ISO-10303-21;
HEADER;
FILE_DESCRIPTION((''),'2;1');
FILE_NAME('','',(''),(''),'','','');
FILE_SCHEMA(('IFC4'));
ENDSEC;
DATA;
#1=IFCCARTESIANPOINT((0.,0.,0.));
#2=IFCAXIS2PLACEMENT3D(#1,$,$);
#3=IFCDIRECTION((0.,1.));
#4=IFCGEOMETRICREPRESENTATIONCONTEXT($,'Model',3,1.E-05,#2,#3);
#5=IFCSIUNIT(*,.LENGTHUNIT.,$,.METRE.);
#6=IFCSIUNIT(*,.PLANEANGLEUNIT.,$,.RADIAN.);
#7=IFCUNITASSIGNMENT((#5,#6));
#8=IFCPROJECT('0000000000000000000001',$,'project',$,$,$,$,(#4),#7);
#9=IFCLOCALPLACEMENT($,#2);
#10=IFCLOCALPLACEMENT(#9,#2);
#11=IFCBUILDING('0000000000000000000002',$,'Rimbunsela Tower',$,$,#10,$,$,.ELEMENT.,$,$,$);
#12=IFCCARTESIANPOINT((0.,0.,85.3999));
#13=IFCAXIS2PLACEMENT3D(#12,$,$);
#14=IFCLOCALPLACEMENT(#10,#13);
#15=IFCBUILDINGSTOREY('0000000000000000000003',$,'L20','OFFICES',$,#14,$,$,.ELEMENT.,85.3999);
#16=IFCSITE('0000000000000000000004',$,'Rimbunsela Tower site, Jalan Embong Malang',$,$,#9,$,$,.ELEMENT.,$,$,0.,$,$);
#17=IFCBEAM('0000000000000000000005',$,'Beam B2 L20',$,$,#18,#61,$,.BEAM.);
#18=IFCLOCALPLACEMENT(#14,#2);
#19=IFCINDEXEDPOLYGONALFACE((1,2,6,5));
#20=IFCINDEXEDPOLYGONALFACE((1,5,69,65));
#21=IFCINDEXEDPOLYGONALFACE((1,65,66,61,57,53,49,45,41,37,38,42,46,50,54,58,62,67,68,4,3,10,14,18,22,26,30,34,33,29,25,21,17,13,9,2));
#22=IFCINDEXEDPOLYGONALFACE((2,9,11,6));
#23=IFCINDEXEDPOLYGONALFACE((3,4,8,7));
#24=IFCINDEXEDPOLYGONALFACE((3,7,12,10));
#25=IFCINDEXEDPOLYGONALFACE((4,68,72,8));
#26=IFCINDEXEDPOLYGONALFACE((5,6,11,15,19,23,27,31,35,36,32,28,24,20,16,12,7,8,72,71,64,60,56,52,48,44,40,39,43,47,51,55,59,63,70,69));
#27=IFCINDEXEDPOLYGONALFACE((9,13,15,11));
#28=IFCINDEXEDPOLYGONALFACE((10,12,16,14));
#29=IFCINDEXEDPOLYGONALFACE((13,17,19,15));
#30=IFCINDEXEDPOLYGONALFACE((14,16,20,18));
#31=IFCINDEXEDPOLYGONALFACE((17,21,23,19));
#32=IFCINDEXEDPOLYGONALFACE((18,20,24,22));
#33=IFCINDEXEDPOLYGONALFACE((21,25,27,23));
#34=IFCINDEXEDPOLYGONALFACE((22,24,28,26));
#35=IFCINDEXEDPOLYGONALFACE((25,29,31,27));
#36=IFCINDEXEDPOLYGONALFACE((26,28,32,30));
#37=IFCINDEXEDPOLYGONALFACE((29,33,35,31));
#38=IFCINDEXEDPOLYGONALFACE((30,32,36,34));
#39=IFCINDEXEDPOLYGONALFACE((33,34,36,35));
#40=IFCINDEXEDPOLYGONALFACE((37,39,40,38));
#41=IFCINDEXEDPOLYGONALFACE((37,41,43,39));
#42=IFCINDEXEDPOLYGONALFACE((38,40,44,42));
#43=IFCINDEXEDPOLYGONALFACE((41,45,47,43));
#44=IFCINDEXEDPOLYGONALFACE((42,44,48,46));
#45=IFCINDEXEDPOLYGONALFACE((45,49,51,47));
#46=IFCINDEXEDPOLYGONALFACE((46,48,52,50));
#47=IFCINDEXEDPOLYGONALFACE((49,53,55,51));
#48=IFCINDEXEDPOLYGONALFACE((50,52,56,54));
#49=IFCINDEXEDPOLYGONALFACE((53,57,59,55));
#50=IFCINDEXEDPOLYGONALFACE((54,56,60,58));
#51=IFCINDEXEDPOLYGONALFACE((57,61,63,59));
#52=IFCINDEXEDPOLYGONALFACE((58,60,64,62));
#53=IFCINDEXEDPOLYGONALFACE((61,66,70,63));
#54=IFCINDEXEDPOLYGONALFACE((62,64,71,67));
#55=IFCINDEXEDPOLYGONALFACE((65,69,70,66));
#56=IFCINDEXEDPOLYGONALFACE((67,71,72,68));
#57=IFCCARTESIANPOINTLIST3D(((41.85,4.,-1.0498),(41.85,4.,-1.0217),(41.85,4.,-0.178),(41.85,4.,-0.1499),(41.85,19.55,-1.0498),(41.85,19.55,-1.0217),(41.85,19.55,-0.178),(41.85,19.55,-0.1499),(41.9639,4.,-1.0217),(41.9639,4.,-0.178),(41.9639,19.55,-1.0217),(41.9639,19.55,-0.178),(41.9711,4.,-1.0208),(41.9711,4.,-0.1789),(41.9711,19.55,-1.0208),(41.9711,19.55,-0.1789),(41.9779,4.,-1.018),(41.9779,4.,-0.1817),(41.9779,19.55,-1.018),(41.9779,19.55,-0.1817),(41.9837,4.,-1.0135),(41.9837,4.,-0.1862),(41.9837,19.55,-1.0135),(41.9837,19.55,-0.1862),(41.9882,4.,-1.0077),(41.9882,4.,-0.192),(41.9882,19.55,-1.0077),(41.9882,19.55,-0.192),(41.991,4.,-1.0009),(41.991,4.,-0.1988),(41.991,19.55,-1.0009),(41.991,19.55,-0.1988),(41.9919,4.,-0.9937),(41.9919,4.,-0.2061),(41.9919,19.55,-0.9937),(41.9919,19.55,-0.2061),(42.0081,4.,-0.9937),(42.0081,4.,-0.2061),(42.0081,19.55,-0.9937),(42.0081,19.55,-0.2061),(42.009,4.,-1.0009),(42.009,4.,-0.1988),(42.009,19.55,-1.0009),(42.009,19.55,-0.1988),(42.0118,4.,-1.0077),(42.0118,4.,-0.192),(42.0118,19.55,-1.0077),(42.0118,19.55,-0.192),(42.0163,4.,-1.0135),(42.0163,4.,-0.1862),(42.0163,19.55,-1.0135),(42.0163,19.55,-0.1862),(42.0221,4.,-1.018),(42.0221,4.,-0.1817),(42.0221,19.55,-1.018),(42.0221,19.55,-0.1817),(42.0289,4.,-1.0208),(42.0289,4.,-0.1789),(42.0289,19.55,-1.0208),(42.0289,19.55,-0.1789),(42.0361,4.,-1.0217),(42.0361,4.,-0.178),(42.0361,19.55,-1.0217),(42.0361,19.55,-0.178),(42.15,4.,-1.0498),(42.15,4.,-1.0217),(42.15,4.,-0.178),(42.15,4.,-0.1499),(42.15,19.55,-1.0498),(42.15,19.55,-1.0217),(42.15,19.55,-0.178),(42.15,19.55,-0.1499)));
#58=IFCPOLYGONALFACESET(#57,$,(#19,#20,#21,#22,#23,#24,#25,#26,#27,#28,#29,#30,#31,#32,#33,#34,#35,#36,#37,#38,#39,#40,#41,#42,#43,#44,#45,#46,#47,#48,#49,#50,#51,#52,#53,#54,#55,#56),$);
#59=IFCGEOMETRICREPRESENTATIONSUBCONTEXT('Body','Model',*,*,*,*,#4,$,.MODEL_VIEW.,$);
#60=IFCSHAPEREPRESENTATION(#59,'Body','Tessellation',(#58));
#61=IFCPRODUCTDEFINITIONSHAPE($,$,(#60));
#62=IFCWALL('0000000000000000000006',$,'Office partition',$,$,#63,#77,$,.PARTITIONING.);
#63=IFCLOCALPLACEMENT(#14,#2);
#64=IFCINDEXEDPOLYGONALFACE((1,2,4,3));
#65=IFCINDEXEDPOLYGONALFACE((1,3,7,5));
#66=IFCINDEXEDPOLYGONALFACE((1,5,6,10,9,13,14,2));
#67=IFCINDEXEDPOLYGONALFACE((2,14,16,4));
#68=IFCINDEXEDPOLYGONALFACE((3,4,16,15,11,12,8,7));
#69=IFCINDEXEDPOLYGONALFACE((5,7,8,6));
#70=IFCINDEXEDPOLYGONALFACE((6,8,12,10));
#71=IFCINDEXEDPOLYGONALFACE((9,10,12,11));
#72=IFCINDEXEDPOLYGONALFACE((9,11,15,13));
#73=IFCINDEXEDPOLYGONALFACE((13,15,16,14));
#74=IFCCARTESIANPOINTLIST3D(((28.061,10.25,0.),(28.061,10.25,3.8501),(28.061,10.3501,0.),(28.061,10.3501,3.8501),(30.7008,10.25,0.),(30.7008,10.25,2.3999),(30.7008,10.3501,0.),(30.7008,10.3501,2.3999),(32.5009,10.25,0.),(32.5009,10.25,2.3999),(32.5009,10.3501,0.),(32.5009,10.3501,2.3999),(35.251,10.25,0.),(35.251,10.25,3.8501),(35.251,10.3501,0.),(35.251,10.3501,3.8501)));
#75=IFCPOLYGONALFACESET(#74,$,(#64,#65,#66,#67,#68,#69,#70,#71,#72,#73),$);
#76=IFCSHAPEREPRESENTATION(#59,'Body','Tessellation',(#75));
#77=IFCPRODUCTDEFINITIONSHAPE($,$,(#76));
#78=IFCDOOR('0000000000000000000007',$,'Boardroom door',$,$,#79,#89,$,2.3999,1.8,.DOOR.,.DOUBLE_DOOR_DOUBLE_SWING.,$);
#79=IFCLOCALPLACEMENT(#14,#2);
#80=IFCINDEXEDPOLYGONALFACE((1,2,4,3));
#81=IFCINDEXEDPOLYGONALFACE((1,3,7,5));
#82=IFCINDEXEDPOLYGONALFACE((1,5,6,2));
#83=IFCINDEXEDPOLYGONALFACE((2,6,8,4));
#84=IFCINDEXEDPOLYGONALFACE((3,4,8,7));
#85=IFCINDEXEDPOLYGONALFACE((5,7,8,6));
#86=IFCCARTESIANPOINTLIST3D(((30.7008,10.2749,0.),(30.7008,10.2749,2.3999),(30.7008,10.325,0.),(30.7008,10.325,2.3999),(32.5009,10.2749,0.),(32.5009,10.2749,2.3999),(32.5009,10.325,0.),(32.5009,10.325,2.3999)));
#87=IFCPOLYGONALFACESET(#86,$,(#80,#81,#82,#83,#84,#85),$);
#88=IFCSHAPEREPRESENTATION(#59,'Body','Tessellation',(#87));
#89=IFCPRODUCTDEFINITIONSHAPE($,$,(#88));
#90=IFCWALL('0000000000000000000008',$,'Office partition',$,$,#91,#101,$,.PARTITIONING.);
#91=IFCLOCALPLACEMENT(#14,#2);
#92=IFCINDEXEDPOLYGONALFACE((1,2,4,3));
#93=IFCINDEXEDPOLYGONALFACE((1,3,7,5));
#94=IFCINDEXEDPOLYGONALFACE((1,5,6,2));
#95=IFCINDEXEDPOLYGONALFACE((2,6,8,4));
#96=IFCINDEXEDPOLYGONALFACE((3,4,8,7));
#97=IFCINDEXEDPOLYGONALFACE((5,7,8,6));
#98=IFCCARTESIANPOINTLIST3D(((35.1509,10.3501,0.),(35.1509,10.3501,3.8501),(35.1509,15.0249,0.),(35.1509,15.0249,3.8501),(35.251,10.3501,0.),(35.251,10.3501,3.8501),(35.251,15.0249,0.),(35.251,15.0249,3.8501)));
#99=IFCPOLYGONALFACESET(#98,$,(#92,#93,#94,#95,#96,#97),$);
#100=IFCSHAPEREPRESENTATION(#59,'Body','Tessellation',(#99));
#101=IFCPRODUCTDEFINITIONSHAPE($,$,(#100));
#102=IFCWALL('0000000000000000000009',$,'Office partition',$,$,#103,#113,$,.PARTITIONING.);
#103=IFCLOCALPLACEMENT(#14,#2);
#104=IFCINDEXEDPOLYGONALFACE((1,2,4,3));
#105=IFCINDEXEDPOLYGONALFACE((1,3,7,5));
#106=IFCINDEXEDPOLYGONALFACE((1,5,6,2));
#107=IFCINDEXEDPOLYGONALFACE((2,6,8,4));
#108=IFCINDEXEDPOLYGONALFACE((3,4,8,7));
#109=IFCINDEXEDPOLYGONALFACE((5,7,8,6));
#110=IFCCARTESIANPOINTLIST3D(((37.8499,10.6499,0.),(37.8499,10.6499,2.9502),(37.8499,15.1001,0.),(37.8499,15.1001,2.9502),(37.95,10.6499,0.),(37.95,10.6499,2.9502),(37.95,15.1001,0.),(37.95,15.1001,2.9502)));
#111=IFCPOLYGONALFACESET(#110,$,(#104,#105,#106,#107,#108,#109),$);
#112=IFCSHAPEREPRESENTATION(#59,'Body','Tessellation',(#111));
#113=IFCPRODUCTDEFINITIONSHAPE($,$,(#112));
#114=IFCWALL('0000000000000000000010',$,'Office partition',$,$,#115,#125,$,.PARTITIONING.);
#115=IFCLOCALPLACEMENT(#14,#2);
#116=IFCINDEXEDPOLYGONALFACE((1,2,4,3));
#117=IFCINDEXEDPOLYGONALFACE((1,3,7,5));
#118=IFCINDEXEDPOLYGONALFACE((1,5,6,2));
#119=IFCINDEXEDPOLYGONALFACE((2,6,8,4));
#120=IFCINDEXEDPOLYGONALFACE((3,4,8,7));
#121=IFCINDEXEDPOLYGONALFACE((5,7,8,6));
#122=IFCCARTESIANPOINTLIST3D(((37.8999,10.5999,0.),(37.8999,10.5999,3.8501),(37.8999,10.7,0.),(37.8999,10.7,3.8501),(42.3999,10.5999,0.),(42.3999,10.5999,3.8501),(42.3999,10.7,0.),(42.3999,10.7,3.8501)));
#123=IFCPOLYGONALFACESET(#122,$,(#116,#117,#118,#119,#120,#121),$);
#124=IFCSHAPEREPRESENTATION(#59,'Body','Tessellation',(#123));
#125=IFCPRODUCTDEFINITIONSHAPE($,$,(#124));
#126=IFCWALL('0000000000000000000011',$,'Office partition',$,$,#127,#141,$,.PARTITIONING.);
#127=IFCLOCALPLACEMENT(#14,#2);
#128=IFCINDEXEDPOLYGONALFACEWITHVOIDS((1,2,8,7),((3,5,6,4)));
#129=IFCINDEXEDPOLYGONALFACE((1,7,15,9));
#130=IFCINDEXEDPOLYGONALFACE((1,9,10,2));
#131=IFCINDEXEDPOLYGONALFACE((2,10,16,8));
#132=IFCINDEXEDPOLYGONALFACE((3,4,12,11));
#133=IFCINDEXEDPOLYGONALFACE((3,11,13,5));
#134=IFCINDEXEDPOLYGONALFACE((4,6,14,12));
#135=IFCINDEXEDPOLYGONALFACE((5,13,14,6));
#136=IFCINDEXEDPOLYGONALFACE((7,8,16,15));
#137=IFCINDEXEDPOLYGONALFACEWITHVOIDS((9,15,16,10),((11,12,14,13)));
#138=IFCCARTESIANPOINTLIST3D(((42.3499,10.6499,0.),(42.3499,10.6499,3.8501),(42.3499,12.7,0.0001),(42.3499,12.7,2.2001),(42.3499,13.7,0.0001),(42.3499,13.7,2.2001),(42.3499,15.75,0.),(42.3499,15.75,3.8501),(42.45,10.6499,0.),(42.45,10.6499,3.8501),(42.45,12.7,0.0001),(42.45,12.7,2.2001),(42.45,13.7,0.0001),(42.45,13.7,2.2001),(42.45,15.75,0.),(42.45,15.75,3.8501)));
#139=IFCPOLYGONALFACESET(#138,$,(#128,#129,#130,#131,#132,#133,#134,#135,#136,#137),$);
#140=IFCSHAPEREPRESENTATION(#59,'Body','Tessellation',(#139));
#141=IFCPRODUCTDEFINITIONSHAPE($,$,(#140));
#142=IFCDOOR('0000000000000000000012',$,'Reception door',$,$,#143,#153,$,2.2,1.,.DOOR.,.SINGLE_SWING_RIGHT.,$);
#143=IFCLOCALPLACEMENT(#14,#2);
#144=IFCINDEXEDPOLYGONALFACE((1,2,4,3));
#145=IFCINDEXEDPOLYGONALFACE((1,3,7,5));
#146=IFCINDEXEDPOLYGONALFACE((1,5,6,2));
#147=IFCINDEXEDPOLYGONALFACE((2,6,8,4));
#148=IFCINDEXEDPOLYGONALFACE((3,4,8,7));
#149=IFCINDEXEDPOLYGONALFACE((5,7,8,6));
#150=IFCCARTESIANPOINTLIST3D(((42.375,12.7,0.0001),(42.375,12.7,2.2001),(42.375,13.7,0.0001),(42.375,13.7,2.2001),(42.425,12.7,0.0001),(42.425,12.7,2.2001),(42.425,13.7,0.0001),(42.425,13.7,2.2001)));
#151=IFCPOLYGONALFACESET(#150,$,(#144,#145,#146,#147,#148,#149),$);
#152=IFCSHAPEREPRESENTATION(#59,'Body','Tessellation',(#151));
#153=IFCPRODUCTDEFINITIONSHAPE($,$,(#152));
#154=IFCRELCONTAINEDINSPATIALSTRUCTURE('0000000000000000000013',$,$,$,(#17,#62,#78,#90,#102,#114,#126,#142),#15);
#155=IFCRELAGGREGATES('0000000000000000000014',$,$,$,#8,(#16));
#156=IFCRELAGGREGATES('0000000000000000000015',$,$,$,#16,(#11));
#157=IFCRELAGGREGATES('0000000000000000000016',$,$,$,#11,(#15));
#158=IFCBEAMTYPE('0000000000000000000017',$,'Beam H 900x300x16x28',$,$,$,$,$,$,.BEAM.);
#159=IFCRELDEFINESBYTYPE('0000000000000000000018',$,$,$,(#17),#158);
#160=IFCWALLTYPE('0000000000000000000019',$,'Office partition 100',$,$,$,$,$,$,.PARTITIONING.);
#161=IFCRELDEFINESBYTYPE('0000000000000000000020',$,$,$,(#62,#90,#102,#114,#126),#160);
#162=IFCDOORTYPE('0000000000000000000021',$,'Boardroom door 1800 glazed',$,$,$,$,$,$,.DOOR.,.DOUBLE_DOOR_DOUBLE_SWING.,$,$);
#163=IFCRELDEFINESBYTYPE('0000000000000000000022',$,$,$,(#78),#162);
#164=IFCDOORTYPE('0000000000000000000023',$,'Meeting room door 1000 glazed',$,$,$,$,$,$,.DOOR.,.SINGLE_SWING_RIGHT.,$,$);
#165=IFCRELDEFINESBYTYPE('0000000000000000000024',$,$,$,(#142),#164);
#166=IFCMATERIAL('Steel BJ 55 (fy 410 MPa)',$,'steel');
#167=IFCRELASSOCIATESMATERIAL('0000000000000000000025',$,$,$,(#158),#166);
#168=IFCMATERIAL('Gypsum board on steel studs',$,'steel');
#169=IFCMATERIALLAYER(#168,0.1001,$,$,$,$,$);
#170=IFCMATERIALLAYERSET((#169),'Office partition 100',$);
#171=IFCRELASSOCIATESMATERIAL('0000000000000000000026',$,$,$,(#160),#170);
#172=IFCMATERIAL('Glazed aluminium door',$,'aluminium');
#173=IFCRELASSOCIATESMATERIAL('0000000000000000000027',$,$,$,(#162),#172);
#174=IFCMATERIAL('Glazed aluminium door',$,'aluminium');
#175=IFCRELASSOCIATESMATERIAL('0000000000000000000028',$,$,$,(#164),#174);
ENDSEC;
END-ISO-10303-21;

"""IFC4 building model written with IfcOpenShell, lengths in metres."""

from ifc_helpers import new_model, si_unit, direction, frame, frame_2d, origin, origin_2d, place, context, subcontext, project, spatial, rectangle, i_section, extrude, material, layer, layer_set, material_profile, profile_set, type_object, element, fill, save


model = new_model("IFC4")

# Units and contexts
model_context = context("Model", 3, precision=1e-05, world=origin(), true_north=direction((0.0, 1.0)))
body_context = subcontext(model_context, "Body", "Model", "MODEL_VIEW")
ifc_project = project(units=[si_unit("LENGTHUNIT", "METRE"), si_unit("PLANEANGLEUNIT", "RADIAN")], contexts=[model_context])

# Site, building, storey
site_placement = place(None, origin())
site = spatial("IfcSite", under=ifc_project, at=site_placement, Name="Rimbunsela Tower site, Jalan Embong Malang", CompositionType="ELEMENT", RefElevation=0.0)
building_placement = place(site_placement, origin())
building = spatial("IfcBuilding", under=site, at=building_placement, Name="Rimbunsela Tower", CompositionType="ELEMENT")
storey_placement = place(building_placement, frame((0.0, 0.0, 85.3999)))
storey = spatial("IfcBuildingStorey", under=building, at=storey_placement, Name="L20", Description="OFFICES", CompositionType="ELEMENT", Elevation=85.3999)

# Beam
ifc_material_1 = material(Name="Steel BJ 55 (fy 410 MPa)", Category="steel")
ifc_material_profile_1 = material_profile(ifc_material_1, i_section(OverallWidth=0.3, OverallDepth=0.8999, WebThickness=0.0161, FlangeThickness=0.0281, FilletRadius=0.0281, at=origin_2d()), Name="H 900x300x16x28")
ifc_profile_set_1 = profile_set([ifc_material_profile_1], Name="Steel BJ 55 (fy 410 MPa)")
beam_type = type_object("IfcBeamType", Name="Beam H 900x300x16x28", PredefinedType="BEAM", material=ifc_profile_set_1)
beam_1_placement = place(storey_placement, frame((42.0, 4.0, -0.5999), z_axis=(0.0, 1.0, 0.0), x_axis=(-1.0, 0.0, 0.0)))
element("IfcBeam", 1, at=beam_1_placement, inside=storey, type_object=beam_type, Name="Beam B2 L20", PredefinedType="BEAM", context=body_context, shape_type="SweptSolid", body=[
    extrude(i_section(OverallWidth=0.3, OverallDepth=0.8999, WebThickness=0.0161, FlangeThickness=0.0281, FilletRadius=0.0281, at=origin_2d()), origin(), (0.0, 0.0, 1.0), 15.55),
])

# Wall, opening, door
ifc_material_2 = material(Name="Gypsum board on steel studs", Category="steel")
ifc_layer_1 = layer(ifc_material_2, 0.1001)
ifc_layer_set_1 = layer_set([ifc_layer_1], Name="Office partition 100")
wall_type_1 = type_object("IfcWallType", Name="Office partition 100", PredefinedType="PARTITIONING", material=ifc_layer_set_1)
wall_1_placement = place(storey_placement, frame((28.061, 10.3, 0.0), z_axis=(0.0, 0.0, 1.0), x_axis=(1.0, 0.0, 0.0)))
wall_1 = element("IfcWall", 2, at=wall_1_placement, inside=storey, type_object=wall_type_1, Name="Office partition", PredefinedType="PARTITIONING", context=body_context, shape_type="SweptSolid", body=[
    extrude(rectangle(XDim=7.1899, YDim=0.1001, at=frame_2d((3.595, 0.0))), origin(), (0.0, 0.0, 1.0), 3.8501),
])
opening_1_placement = place(wall_1_placement, frame((2.6399, 0.0, 0.0)))
opening_1 = element("IfcOpeningElement", 3, at=opening_1_placement, cuts=wall_1, PredefinedType="OPENING", context=body_context, shape_type="SweptSolid", body=[
    extrude(rectangle(XDim=1.8, YDim=2.3999, at=frame_2d((0.8999, 1.2))), frame((0.0, 0.0601, 0.0), z_axis=(0.0, -1.0, 0.0), x_axis=(1.0, 0.0, 0.0)), (0.0, 0.0, 1.0), 0.1201),
])
ifc_material_3 = material(Name="Glazed aluminium door", Category="aluminium")
door_type_1 = type_object("IfcDoorType", Name="Boardroom door 1800 glazed", OperationType="DOUBLE_DOOR_DOUBLE_SWING", PredefinedType="DOOR", material=ifc_material_3)
door_1_placement = place(opening_1_placement, origin())
door_1 = element("IfcDoor", 4, at=door_1_placement, inside=storey, type_object=door_type_1, Name="Boardroom door", OperationType="DOUBLE_DOOR_DOUBLE_SWING", OverallHeight=2.3999, OverallWidth=1.8, PredefinedType="DOOR", context=body_context, shape_type="SweptSolid", body=[
    extrude(rectangle(XDim=1.8, YDim=2.3999, at=frame_2d((0.8999, 1.2))), frame((0.0, 0.0249, 0.0), z_axis=(0.0, -1.0, 0.0), x_axis=(1.0, 0.0, 0.0)), (0.0, 0.0, 1.0), 0.05),
])
fill(opening_1, door_1)

# Walls
wall_2_placement = place(storey_placement, frame((35.2009, 10.3501, 0.0), z_axis=(0.0, 0.0, 1.0), x_axis=(0.0, 1.0, 0.0)))
element("IfcWall", 5, at=wall_2_placement, inside=storey, type_object=wall_type_1, Name="Office partition", PredefinedType="PARTITIONING", context=body_context, shape_type="SweptSolid", body=[
    extrude(rectangle(XDim=4.6748, YDim=0.1001, at=frame_2d((2.3374, 0.0))), origin(), (0.0, 0.0, 1.0), 3.8501),
])
wall_3_placement = place(storey_placement, frame((37.8999, 15.1001, 0.0), z_axis=(0.0, 0.0, 1.0), x_axis=(0.0, -1.0, 0.0)))
element("IfcWall", 6, at=wall_3_placement, inside=storey, type_object=wall_type_1, Name="Office partition", PredefinedType="PARTITIONING", context=body_context, shape_type="SweptSolid", body=[
    extrude(rectangle(XDim=4.4502, YDim=0.1001, at=frame_2d((2.2251, 0.0))), origin(), (0.0, 0.0, 1.0), 2.9502),
])
wall_4_placement = place(storey_placement, frame((37.8999, 10.6499, 0.0), z_axis=(0.0, 0.0, 1.0), x_axis=(1.0, 0.0, 0.0)))
element("IfcWall", 7, at=wall_4_placement, inside=storey, type_object=wall_type_1, Name="Office partition", PredefinedType="PARTITIONING", context=body_context, shape_type="SweptSolid", body=[
    extrude(rectangle(XDim=4.5, YDim=0.1001, at=frame_2d((2.25, 0.0))), origin(), (0.0, 0.0, 1.0), 3.8501),
])

# Wall, opening, door
wall_5_placement = place(storey_placement, frame((42.3999, 10.6499, 0.0), z_axis=(0.0, 0.0, 1.0), x_axis=(0.0, 1.0, 0.0)))
wall_5 = element("IfcWall", 8, at=wall_5_placement, inside=storey, type_object=wall_type_1, Name="Office partition", PredefinedType="PARTITIONING", context=body_context, shape_type="SweptSolid", body=[
    extrude(rectangle(XDim=5.1001, YDim=0.1001, at=frame_2d((2.55, 0.0))), origin(), (0.0, 0.0, 1.0), 3.8501),
])
opening_2_placement = place(wall_5_placement, frame((2.05, 0.0, 0.0)))
opening_2 = element("IfcOpeningElement", 9, at=opening_2_placement, cuts=wall_5, PredefinedType="OPENING", context=body_context, shape_type="SweptSolid", body=[
    extrude(rectangle(XDim=1.0, YDim=2.2, at=frame_2d((0.5, 1.1001))), frame((0.0, 0.0601, 0.0), z_axis=(0.0, -1.0, 0.0), x_axis=(1.0, 0.0, 0.0)), (0.0, 0.0, 1.0), 0.1201),
])
ifc_material_4 = material(Name="Glazed aluminium door", Category="aluminium")
door_type_2 = type_object("IfcDoorType", Name="Meeting room door 1000 glazed", OperationType="SINGLE_SWING_RIGHT", PredefinedType="DOOR", material=ifc_material_4)
door_2_placement = place(opening_2_placement, origin())
door_2 = element("IfcDoor", 10, at=door_2_placement, inside=storey, type_object=door_type_2, Name="Reception door", OperationType="SINGLE_SWING_RIGHT", OverallHeight=2.2, OverallWidth=1.0, PredefinedType="DOOR", context=body_context, shape_type="SweptSolid", body=[
    extrude(rectangle(XDim=1.0, YDim=2.2, at=frame_2d((0.5, 1.1001))), frame((0.0, 0.0249, 0.0), z_axis=(0.0, -1.0, 0.0), x_axis=(1.0, 0.0, 0.0)), (0.0, 0.0, 1.0), 0.05),
])
fill(opening_2, door_2)

save(model, "model.ifc")
